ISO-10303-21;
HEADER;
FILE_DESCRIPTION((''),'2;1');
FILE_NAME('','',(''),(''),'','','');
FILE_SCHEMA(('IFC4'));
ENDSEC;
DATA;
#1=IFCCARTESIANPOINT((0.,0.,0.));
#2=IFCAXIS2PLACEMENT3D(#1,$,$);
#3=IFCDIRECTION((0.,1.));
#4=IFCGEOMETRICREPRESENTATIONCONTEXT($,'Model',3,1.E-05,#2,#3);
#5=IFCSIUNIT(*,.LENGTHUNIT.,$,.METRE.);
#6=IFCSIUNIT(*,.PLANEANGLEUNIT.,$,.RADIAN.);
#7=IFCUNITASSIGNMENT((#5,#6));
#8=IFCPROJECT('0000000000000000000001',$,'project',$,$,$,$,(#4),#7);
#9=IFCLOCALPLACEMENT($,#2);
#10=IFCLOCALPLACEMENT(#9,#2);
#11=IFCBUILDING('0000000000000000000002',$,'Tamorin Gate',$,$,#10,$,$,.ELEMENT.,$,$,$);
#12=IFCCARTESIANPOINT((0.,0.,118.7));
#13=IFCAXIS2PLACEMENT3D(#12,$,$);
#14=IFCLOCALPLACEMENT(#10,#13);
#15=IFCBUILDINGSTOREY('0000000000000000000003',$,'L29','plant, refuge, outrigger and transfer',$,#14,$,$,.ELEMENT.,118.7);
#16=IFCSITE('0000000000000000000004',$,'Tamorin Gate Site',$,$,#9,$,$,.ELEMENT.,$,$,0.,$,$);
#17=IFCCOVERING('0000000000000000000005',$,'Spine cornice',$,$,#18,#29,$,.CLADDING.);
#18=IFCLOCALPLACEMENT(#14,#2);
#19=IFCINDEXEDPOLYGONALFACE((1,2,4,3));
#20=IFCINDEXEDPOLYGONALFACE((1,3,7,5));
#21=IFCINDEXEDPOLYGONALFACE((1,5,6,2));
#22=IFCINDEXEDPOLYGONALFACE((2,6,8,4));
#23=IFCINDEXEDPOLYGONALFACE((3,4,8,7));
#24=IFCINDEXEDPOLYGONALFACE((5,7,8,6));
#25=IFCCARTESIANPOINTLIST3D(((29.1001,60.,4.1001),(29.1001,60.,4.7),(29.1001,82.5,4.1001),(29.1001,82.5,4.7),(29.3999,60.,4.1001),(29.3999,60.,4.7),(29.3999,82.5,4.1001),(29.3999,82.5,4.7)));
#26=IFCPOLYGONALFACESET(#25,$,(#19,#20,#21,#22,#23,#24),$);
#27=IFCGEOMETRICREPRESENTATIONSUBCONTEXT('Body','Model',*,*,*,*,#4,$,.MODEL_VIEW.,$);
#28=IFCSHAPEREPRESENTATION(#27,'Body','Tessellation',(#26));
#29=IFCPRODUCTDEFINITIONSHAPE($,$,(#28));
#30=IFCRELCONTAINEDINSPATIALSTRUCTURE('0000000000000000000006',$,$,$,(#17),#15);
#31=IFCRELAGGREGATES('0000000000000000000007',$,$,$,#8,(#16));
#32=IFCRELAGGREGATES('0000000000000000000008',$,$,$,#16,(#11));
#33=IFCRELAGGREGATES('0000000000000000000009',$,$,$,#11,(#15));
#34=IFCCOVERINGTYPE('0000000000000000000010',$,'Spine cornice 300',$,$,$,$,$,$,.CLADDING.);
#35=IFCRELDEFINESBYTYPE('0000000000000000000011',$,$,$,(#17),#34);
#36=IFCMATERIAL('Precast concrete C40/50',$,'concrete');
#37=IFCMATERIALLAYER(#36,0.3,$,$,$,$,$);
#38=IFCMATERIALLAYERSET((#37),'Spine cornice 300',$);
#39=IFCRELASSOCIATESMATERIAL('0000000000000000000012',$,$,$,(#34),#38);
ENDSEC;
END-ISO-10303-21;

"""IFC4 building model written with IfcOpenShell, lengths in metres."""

from ifc_helpers import new_model, si_unit, direction, frame, origin, place, context, subcontext, project, spatial, polyline, outline, extrude, material, layer, layer_set, type_object, element, save


model = new_model("IFC4")

# Units and contexts
model_context = context("Model", 3, precision=1e-05, world=origin(), true_north=direction((0.0, 1.0)))
body_context = subcontext(model_context, "Body", "Model", "MODEL_VIEW")
ifc_project = project(units=[si_unit("LENGTHUNIT", "METRE"), si_unit("PLANEANGLEUNIT", "RADIAN")], contexts=[model_context])

# Site, building, storey
site_placement = place(None, origin())
site = spatial("IfcSite", under=ifc_project, at=site_placement, Name="Tamorin Gate Site", CompositionType="ELEMENT", RefElevation=0.0)
building_placement = place(site_placement, origin())
building = spatial("IfcBuilding", under=site, at=building_placement, Name="Tamorin Gate", CompositionType="ELEMENT")
storey_placement = place(building_placement, frame((0.0, 0.0, 118.7)))
storey = spatial("IfcBuildingStorey", under=building, at=storey_placement, Name="L29", Description="plant, refuge, outrigger and transfer", CompositionType="ELEMENT", Elevation=118.7)

# Covering
ifc_material_1 = material(Name="Precast concrete C40/50", Category="concrete")
ifc_layer_1 = layer(ifc_material_1, 0.3)
ifc_layer_set_1 = layer_set([ifc_layer_1], Name="Spine cornice 300")
covering_type = type_object("IfcCoveringType", Name="Spine cornice 300", PredefinedType="CLADDING", material=ifc_layer_set_1)
covering_placement = place(storey_placement, frame((0.0, 0.0, 4.1001)))
element("IfcCovering", 1, at=covering_placement, inside=storey, type_object=covering_type, Name="Spine cornice", PredefinedType="CLADDING", context=body_context, shape_type="SweptSolid", body=[
    extrude(outline(polyline([(29.1001, 60.0), (29.3999, 60.0), (29.3999, 82.5), (29.1001, 82.5), (29.1001, 60.0)])), origin(), (0.0, 0.0, 1.0), 0.5999),
])

save(model, "model.ifc")
